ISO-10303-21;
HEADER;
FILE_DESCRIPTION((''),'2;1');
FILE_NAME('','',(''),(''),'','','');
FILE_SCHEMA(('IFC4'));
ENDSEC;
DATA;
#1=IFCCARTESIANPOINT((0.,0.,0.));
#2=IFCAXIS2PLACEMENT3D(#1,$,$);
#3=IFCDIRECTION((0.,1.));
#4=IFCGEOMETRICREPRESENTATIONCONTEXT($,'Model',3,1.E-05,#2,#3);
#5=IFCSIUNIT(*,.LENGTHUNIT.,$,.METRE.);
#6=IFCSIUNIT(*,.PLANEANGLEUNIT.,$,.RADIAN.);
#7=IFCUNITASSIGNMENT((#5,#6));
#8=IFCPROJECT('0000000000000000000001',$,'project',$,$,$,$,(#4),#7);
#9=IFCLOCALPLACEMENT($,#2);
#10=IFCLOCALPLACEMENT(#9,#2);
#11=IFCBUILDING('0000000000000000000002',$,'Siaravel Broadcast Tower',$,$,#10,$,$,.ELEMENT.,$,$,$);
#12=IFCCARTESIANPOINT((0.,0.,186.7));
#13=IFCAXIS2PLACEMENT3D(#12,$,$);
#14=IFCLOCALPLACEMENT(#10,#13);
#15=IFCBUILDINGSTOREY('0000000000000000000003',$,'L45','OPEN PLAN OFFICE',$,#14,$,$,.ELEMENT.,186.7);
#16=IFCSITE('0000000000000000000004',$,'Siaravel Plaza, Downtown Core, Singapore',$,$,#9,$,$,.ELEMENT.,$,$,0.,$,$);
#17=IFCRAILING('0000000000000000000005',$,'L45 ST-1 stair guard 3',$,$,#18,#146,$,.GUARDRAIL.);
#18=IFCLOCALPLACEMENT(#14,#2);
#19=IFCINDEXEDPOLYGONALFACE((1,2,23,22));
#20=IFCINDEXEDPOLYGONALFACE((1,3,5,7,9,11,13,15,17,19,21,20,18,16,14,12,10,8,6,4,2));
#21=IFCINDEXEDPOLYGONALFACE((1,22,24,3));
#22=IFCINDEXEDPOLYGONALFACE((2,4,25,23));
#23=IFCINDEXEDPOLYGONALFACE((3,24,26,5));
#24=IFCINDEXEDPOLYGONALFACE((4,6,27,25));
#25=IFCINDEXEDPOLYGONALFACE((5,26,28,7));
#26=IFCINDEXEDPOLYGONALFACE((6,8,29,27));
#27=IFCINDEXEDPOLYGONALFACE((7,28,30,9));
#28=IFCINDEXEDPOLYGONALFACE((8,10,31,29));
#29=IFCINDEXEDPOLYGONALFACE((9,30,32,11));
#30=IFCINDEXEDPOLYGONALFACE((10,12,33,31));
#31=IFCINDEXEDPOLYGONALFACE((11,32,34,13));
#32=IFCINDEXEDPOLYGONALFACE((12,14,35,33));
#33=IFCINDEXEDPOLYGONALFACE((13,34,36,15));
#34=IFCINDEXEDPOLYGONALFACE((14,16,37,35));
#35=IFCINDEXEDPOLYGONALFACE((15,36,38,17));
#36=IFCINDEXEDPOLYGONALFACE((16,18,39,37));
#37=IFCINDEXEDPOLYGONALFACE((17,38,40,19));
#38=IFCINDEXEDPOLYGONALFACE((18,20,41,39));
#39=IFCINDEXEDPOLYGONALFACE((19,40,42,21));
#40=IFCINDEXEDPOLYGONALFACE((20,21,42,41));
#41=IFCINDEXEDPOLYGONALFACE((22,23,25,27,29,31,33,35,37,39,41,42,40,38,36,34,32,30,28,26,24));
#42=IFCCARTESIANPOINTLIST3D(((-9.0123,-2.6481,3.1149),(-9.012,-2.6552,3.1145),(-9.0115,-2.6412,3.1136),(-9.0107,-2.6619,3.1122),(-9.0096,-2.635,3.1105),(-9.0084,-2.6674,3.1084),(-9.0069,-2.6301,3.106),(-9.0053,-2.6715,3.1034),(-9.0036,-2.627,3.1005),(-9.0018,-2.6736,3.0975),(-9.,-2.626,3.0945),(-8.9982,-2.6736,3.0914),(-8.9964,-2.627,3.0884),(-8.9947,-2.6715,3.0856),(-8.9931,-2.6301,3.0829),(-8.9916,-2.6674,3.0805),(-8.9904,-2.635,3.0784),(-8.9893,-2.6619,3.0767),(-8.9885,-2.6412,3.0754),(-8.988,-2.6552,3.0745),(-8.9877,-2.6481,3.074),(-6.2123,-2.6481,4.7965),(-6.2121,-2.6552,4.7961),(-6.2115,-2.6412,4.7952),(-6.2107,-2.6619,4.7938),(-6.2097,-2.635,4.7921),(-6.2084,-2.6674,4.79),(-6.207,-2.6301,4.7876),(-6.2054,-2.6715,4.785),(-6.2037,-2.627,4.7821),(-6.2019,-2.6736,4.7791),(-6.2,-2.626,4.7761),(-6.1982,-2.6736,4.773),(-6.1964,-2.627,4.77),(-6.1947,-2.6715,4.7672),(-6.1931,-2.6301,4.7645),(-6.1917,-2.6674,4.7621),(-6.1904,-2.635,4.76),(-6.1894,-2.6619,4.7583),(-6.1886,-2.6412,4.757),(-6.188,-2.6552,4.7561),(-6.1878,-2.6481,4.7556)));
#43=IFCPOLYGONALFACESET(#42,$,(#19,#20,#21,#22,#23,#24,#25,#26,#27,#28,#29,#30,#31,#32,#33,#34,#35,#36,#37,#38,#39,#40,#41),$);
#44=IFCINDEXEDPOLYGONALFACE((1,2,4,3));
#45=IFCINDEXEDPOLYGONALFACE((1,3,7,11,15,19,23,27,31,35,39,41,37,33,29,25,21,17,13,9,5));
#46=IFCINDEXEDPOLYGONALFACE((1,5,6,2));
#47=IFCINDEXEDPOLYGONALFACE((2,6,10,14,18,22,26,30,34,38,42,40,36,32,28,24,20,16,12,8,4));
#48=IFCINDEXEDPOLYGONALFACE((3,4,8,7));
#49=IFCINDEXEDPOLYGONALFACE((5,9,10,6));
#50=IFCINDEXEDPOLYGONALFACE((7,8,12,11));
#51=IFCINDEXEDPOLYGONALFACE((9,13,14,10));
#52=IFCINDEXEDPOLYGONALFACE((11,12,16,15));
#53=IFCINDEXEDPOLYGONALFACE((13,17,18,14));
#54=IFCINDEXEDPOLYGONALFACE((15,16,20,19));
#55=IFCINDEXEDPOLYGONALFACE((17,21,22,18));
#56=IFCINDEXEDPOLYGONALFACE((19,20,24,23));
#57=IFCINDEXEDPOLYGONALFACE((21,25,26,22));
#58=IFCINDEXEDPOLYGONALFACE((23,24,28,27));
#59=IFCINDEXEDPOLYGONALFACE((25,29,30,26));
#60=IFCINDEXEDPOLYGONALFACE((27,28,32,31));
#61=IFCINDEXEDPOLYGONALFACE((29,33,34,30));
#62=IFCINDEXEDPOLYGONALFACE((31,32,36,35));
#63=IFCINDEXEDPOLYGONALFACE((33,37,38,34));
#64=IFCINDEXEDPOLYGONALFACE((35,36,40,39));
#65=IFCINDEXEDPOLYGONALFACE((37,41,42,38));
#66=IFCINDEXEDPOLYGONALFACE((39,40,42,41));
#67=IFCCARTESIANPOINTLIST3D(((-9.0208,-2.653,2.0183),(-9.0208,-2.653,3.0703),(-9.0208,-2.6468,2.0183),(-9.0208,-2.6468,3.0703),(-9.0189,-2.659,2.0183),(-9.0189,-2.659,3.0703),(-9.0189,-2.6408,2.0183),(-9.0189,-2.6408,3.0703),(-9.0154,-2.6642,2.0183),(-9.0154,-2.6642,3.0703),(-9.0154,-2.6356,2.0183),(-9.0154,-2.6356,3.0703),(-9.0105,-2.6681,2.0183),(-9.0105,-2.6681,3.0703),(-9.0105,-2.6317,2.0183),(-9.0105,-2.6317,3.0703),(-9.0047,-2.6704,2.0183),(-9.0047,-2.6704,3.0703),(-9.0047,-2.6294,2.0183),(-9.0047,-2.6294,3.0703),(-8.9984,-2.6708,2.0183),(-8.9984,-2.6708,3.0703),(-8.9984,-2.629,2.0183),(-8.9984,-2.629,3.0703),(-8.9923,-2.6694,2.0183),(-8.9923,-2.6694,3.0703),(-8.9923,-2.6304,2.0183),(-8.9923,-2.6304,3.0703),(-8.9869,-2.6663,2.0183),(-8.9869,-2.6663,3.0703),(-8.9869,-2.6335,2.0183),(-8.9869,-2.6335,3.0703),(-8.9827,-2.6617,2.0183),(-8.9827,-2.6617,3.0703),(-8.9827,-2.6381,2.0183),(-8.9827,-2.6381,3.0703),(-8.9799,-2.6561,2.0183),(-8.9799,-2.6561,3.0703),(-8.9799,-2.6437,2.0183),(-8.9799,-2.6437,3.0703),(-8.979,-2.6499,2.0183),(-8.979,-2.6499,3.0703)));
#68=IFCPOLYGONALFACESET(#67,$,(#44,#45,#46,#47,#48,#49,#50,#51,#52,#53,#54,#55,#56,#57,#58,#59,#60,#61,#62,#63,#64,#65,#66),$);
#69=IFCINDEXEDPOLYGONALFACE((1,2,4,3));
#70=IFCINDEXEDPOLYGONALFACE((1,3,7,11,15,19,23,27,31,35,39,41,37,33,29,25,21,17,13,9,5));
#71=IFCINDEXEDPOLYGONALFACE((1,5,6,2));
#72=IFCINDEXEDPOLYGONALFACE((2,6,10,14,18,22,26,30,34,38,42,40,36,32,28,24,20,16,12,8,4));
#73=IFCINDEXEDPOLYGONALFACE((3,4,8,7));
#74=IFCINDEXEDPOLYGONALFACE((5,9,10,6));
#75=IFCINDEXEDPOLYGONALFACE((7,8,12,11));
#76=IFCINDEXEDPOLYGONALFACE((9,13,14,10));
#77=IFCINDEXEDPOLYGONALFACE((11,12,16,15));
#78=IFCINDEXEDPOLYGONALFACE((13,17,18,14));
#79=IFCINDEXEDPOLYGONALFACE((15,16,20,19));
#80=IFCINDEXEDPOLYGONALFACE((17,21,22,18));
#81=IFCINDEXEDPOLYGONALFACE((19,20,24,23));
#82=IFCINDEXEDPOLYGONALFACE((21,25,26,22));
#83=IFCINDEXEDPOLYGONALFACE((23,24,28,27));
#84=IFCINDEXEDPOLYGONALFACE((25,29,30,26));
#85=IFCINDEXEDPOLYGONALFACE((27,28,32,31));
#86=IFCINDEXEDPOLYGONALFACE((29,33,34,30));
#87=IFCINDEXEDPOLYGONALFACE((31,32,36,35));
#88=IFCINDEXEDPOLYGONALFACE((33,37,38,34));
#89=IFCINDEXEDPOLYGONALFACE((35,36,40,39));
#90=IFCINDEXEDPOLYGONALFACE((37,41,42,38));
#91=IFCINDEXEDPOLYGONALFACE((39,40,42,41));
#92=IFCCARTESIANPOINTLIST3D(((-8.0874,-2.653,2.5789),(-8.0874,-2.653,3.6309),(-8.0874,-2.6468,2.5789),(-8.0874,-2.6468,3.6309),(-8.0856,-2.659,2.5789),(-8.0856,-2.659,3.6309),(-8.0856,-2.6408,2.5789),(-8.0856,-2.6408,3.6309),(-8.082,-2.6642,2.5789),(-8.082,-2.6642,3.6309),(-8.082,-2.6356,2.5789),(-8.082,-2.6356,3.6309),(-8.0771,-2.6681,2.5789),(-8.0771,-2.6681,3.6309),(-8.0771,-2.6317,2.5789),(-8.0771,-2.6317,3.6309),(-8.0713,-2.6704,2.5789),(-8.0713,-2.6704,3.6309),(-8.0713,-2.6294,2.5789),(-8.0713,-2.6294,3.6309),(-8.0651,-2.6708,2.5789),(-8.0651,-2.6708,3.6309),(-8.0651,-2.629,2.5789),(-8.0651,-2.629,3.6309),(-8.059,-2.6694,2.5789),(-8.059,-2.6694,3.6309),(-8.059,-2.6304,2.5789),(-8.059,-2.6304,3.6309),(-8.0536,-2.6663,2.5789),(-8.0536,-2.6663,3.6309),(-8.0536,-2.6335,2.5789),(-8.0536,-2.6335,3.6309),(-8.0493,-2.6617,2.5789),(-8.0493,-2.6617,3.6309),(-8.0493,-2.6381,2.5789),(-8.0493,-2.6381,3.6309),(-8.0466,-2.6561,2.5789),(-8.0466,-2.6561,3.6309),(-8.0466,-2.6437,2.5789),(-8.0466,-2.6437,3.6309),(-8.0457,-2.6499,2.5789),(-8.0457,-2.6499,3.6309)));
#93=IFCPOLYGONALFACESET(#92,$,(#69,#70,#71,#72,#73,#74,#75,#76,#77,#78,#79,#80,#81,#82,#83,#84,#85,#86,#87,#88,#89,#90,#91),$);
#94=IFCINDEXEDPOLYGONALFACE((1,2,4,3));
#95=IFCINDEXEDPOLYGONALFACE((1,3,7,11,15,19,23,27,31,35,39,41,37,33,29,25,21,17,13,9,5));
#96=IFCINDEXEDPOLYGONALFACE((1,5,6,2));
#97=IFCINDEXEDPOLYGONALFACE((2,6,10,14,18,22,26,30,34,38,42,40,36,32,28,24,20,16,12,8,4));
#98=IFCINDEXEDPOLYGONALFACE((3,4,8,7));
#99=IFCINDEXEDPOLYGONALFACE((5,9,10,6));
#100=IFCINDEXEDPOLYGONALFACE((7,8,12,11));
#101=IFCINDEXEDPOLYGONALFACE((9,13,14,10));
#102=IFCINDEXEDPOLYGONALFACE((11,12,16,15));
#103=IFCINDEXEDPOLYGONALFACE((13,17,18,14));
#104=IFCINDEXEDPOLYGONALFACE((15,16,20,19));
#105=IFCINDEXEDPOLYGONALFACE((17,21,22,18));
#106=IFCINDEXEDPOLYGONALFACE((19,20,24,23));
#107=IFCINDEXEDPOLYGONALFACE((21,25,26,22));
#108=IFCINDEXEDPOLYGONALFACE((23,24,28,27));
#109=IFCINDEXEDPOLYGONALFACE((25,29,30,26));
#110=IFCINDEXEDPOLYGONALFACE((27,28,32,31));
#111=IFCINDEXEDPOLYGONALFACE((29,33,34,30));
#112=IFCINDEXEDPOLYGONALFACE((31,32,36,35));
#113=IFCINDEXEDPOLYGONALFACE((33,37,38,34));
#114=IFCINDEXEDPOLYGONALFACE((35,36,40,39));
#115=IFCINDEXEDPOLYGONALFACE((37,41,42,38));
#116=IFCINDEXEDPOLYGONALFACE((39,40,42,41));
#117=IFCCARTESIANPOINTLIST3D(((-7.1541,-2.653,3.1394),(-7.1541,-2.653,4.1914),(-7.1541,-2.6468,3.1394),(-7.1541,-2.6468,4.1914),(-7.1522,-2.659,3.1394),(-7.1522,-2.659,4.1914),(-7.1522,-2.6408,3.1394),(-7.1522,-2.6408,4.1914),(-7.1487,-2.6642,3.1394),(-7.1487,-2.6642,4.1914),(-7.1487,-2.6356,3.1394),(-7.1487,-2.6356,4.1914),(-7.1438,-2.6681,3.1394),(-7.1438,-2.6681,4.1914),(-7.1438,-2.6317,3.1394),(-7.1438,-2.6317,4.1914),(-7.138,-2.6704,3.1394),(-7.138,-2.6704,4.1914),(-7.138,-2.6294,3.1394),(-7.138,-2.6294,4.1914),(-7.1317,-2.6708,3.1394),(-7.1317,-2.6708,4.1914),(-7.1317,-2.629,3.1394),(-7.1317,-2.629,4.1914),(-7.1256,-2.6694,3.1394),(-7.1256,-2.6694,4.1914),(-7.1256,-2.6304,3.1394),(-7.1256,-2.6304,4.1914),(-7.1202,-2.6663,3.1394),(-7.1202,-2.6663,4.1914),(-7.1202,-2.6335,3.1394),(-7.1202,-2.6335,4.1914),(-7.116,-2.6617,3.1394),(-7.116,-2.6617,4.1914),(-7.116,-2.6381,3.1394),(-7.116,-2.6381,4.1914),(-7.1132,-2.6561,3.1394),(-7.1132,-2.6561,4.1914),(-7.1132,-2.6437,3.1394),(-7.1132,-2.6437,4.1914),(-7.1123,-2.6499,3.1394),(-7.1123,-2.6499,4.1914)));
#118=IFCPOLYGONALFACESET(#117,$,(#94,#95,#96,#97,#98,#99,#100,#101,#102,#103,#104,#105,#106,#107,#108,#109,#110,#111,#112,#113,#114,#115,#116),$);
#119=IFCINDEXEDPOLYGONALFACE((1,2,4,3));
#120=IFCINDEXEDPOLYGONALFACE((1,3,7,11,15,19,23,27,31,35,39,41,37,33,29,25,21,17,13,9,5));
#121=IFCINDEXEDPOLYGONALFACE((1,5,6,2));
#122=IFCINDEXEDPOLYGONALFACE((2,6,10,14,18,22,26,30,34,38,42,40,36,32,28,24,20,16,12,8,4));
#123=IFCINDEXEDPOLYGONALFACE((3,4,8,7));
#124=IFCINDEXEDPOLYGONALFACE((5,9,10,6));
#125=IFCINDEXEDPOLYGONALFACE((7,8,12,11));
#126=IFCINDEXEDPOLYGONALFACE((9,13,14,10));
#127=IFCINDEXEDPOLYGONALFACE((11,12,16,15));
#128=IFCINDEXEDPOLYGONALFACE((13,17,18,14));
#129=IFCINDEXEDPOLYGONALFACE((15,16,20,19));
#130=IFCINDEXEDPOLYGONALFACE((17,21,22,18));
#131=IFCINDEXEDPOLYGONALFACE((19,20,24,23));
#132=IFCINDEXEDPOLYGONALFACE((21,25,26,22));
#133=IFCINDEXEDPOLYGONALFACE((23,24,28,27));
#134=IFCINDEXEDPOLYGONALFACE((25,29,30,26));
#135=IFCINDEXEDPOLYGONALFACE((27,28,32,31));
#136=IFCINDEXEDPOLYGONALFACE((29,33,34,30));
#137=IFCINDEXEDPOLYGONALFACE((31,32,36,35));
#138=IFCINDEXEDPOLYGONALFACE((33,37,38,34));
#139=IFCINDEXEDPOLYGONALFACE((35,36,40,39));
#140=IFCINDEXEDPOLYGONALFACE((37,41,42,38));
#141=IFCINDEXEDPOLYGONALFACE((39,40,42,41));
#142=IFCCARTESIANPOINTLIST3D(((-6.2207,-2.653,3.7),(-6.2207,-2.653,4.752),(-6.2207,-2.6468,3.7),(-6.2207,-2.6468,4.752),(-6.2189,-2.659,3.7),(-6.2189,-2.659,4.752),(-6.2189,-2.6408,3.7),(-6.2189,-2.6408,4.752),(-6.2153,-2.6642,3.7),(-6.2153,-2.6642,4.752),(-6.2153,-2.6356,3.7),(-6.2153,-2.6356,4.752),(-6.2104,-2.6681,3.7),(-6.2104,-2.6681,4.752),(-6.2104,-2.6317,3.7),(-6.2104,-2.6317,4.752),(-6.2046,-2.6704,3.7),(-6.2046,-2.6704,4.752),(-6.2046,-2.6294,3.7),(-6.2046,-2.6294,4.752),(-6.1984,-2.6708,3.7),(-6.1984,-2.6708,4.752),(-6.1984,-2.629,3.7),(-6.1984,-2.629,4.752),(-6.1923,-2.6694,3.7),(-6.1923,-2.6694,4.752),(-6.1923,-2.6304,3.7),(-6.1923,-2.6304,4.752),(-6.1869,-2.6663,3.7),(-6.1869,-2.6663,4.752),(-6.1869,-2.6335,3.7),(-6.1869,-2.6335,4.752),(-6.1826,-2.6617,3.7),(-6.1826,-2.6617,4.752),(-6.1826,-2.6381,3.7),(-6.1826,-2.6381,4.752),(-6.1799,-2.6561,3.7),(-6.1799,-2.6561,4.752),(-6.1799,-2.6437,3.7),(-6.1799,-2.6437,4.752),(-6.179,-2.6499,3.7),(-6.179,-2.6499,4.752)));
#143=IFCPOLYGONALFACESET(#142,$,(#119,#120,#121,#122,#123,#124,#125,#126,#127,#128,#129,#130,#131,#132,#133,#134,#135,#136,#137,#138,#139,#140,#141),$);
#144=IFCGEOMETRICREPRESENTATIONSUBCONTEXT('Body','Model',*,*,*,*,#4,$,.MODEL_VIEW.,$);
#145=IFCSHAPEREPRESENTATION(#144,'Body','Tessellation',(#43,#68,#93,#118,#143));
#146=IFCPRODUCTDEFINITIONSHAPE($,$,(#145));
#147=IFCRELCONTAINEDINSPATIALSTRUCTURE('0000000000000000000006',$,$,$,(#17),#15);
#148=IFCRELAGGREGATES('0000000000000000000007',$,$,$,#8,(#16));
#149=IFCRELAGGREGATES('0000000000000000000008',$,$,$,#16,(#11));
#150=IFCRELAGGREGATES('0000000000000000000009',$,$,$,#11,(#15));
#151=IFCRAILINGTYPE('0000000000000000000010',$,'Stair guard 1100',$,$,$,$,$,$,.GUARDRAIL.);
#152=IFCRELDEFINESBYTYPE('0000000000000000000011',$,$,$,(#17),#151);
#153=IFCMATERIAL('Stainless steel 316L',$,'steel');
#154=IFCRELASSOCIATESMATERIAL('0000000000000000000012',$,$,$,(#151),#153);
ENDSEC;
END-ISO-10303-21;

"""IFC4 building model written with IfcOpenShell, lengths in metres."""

from ifc_helpers import new_model, si_unit, direction, frame, origin, origin_2d, place, context, subcontext, project, spatial, circle, extrude, material, type_object, element, save


model = new_model("IFC4")

# Units and contexts
model_context = context("Model", 3, precision=1e-05, world=origin(), true_north=direction((0.0, 1.0)))
body_context = subcontext(model_context, "Body", "Model", "MODEL_VIEW")
ifc_project = project(units=[si_unit("LENGTHUNIT", "METRE"), si_unit("PLANEANGLEUNIT", "RADIAN")], contexts=[model_context])

# Site, building, storey
site_placement = place(None, origin())
site = spatial("IfcSite", under=ifc_project, at=site_placement, Name="Siaravel Plaza, Downtown Core, Singapore", CompositionType="ELEMENT", RefElevation=0.0)
building_placement = place(site_placement, origin())
building = spatial("IfcBuilding", under=site, at=building_placement, Name="Siaravel Broadcast Tower", CompositionType="ELEMENT")
storey_placement = place(building_placement, frame((0.0, 0.0, 186.7)))
storey = spatial("IfcBuildingStorey", under=building, at=storey_placement, Name="L45", Description="OPEN PLAN OFFICE", CompositionType="ELEMENT", Elevation=186.7)

# Shared definitions
ifc_material_1 = material(Name="Stainless steel 316L", Category="steel")

# Railing
railing_type_1 = type_object("IfcRailingType", Name="Stair guard 1100", PredefinedType="GUARDRAIL", material=ifc_material_1)
railing_1_placement = place(storey_placement, frame((-9.0, -2.6499, 2.0183)))
element("IfcRailing", 1, at=railing_1_placement, inside=storey, type_object=railing_type_1, Name="L45 ST-1 stair guard 3", PredefinedType="GUARDRAIL", context=body_context, shape_type="SweptSolid", body=[
    extrude(circle(Radius=0.0239, at=origin_2d()), frame((0.0, 0.0, 1.0762), z_axis=(0.857275, 0.0, 0.514858), x_axis=(0.0, 1.0, 0.0)), (0.0, 0.0, 1.0), 3.2661),
    extrude(circle(Radius=0.021, at=origin_2d()), origin(), (0.0, 0.0, 1.0), 1.052),
    extrude(circle(Radius=0.021, at=origin_2d()), frame((0.9333, 0.0, 0.5605)), (0.0, 0.0, 1.0), 1.052),
    extrude(circle(Radius=0.021, at=origin_2d()), frame((1.8667, 0.0, 1.1211)), (0.0, 0.0, 1.0), 1.052),
    extrude(circle(Radius=0.021, at=origin_2d()), frame((2.8, 0.0, 1.6816)), (0.0, 0.0, 1.0), 1.052),
])

save(model, "model.ifc")
